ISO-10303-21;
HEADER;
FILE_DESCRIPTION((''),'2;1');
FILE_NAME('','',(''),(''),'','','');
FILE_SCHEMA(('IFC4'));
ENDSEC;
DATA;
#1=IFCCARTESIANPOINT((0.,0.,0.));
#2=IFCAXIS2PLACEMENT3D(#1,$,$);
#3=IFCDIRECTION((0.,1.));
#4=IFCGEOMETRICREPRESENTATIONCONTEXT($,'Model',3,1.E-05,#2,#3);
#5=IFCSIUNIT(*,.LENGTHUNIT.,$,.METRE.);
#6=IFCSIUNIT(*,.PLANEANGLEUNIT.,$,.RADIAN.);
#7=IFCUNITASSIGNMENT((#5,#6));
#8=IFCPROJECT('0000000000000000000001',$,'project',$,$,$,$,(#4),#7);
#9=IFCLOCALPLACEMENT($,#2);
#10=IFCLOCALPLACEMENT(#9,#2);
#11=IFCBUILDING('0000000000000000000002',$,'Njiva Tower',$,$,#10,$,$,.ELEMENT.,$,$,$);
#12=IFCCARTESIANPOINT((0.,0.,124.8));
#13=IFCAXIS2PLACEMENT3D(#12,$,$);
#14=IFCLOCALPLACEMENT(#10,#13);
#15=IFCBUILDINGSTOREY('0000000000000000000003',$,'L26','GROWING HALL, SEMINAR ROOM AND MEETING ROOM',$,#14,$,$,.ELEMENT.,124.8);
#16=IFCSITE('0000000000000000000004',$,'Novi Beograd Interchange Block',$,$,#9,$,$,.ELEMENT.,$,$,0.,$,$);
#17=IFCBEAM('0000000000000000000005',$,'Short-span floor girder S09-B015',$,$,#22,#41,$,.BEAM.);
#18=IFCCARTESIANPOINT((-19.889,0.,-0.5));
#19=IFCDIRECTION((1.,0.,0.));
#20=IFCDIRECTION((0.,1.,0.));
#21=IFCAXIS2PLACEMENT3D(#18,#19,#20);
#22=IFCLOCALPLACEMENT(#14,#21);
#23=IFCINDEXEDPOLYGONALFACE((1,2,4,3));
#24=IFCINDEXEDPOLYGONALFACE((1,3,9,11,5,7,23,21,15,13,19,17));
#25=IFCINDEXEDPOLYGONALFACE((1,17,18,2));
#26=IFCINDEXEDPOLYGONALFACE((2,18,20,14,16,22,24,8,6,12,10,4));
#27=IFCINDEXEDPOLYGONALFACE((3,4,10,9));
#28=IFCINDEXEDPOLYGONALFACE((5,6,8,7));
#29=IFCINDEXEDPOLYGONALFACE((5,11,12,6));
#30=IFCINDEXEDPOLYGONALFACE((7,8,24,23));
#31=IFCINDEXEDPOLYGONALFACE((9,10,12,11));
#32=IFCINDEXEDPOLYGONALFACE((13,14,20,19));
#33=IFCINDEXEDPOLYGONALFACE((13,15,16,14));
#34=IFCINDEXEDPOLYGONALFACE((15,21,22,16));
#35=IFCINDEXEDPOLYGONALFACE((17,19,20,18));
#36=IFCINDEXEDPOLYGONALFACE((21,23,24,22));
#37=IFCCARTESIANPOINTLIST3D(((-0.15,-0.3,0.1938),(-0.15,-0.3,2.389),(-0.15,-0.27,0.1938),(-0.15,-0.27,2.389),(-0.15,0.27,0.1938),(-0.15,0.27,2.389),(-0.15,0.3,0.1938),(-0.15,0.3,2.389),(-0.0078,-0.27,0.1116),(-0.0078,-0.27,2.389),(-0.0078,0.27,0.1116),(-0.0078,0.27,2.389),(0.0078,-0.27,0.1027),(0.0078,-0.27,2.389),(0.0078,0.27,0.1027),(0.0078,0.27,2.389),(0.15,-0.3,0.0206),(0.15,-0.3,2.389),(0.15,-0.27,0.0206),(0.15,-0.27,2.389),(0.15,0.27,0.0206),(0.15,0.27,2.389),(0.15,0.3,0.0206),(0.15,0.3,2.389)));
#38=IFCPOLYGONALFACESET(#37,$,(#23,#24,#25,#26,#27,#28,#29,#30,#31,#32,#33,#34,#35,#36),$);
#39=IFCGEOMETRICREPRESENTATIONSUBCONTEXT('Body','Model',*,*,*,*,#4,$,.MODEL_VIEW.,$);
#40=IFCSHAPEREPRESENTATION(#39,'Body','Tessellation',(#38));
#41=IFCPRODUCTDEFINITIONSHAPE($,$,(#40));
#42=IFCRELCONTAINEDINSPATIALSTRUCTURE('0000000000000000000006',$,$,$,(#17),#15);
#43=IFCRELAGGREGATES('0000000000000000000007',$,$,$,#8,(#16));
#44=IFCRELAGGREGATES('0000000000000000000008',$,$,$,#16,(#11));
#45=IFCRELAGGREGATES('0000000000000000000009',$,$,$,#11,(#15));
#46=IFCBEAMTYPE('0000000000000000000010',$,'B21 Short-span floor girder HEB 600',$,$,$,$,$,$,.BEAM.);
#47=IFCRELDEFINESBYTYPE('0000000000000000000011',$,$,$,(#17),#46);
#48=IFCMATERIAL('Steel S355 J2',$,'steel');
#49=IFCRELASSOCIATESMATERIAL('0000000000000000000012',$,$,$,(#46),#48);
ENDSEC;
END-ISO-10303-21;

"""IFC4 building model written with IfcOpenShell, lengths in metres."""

from ifc_helpers import new_model, si_unit, direction, frame, origin, origin_2d, place, context, subcontext, project, spatial, i_section, extrude, clip, halfspace, material, material_profile, profile_set, type_object, element, save


model = new_model("IFC4")

# Units and contexts
model_context = context("Model", 3, precision=1e-05, world=origin(), true_north=direction((0.0, 1.0)))
body_context = subcontext(model_context, "Body", "Model", "MODEL_VIEW")
ifc_project = project(units=[si_unit("LENGTHUNIT", "METRE"), si_unit("PLANEANGLEUNIT", "RADIAN")], contexts=[model_context])

# Site, building, storey
site_placement = place(None, origin())
site = spatial("IfcSite", under=ifc_project, at=site_placement, Name="Novi Beograd Interchange Block", CompositionType="ELEMENT", RefElevation=0.0)
building_placement = place(site_placement, origin())
building = spatial("IfcBuilding", under=site, at=building_placement, Name="Njiva Tower", CompositionType="ELEMENT")
storey_placement = place(building_placement, frame((0.0, 0.0, 124.8)))
storey = spatial("IfcBuildingStorey", under=building, at=storey_placement, Name="L26", Description="GROWING HALL, SEMINAR ROOM AND MEETING ROOM", CompositionType="ELEMENT", Elevation=124.8)

# Shared definitions
ifc_material_1 = material(Name="Steel S355 J2", Category="steel")

# Beam
ifc_material_profile_1 = material_profile(ifc_material_1, i_section(OverallWidth=0.3, OverallDepth=0.6, WebThickness=0.0155, FlangeThickness=0.03, at=origin_2d()), Name="HEB 600")
ifc_profile_set_1 = profile_set([ifc_material_profile_1], Name="Steel S355 J2")
beam_type_1 = type_object("IfcBeamType", Name="B21 Short-span floor girder HEB 600", PredefinedType="BEAM", material=ifc_profile_set_1)
beam_1_placement = place(storey_placement, frame((-19.889, 0.0, -0.5), z_axis=(1.0, 0.0, 0.0), x_axis=(0.0, 1.0, 0.0)))
element("IfcBeam", 1, at=beam_1_placement, inside=storey, type_object=beam_type_1, Name="Short-span floor girder S09-B015", PredefinedType="BEAM", context=body_context, shape_type="Clipping", body=[
    clip(extrude(i_section(OverallWidth=0.3, OverallDepth=0.6, WebThickness=0.0155, FlangeThickness=0.03, at=origin_2d()), origin(), (0.0, 0.0, 1.0), 2.389), halfspace(frame((-0.025, 0.0, 0.1216), z_axis=(-0.499998, 0.0, -0.866027), x_axis=(0.0, -1.0, 0.0)), False)),
])

save(model, "model.ifc")
